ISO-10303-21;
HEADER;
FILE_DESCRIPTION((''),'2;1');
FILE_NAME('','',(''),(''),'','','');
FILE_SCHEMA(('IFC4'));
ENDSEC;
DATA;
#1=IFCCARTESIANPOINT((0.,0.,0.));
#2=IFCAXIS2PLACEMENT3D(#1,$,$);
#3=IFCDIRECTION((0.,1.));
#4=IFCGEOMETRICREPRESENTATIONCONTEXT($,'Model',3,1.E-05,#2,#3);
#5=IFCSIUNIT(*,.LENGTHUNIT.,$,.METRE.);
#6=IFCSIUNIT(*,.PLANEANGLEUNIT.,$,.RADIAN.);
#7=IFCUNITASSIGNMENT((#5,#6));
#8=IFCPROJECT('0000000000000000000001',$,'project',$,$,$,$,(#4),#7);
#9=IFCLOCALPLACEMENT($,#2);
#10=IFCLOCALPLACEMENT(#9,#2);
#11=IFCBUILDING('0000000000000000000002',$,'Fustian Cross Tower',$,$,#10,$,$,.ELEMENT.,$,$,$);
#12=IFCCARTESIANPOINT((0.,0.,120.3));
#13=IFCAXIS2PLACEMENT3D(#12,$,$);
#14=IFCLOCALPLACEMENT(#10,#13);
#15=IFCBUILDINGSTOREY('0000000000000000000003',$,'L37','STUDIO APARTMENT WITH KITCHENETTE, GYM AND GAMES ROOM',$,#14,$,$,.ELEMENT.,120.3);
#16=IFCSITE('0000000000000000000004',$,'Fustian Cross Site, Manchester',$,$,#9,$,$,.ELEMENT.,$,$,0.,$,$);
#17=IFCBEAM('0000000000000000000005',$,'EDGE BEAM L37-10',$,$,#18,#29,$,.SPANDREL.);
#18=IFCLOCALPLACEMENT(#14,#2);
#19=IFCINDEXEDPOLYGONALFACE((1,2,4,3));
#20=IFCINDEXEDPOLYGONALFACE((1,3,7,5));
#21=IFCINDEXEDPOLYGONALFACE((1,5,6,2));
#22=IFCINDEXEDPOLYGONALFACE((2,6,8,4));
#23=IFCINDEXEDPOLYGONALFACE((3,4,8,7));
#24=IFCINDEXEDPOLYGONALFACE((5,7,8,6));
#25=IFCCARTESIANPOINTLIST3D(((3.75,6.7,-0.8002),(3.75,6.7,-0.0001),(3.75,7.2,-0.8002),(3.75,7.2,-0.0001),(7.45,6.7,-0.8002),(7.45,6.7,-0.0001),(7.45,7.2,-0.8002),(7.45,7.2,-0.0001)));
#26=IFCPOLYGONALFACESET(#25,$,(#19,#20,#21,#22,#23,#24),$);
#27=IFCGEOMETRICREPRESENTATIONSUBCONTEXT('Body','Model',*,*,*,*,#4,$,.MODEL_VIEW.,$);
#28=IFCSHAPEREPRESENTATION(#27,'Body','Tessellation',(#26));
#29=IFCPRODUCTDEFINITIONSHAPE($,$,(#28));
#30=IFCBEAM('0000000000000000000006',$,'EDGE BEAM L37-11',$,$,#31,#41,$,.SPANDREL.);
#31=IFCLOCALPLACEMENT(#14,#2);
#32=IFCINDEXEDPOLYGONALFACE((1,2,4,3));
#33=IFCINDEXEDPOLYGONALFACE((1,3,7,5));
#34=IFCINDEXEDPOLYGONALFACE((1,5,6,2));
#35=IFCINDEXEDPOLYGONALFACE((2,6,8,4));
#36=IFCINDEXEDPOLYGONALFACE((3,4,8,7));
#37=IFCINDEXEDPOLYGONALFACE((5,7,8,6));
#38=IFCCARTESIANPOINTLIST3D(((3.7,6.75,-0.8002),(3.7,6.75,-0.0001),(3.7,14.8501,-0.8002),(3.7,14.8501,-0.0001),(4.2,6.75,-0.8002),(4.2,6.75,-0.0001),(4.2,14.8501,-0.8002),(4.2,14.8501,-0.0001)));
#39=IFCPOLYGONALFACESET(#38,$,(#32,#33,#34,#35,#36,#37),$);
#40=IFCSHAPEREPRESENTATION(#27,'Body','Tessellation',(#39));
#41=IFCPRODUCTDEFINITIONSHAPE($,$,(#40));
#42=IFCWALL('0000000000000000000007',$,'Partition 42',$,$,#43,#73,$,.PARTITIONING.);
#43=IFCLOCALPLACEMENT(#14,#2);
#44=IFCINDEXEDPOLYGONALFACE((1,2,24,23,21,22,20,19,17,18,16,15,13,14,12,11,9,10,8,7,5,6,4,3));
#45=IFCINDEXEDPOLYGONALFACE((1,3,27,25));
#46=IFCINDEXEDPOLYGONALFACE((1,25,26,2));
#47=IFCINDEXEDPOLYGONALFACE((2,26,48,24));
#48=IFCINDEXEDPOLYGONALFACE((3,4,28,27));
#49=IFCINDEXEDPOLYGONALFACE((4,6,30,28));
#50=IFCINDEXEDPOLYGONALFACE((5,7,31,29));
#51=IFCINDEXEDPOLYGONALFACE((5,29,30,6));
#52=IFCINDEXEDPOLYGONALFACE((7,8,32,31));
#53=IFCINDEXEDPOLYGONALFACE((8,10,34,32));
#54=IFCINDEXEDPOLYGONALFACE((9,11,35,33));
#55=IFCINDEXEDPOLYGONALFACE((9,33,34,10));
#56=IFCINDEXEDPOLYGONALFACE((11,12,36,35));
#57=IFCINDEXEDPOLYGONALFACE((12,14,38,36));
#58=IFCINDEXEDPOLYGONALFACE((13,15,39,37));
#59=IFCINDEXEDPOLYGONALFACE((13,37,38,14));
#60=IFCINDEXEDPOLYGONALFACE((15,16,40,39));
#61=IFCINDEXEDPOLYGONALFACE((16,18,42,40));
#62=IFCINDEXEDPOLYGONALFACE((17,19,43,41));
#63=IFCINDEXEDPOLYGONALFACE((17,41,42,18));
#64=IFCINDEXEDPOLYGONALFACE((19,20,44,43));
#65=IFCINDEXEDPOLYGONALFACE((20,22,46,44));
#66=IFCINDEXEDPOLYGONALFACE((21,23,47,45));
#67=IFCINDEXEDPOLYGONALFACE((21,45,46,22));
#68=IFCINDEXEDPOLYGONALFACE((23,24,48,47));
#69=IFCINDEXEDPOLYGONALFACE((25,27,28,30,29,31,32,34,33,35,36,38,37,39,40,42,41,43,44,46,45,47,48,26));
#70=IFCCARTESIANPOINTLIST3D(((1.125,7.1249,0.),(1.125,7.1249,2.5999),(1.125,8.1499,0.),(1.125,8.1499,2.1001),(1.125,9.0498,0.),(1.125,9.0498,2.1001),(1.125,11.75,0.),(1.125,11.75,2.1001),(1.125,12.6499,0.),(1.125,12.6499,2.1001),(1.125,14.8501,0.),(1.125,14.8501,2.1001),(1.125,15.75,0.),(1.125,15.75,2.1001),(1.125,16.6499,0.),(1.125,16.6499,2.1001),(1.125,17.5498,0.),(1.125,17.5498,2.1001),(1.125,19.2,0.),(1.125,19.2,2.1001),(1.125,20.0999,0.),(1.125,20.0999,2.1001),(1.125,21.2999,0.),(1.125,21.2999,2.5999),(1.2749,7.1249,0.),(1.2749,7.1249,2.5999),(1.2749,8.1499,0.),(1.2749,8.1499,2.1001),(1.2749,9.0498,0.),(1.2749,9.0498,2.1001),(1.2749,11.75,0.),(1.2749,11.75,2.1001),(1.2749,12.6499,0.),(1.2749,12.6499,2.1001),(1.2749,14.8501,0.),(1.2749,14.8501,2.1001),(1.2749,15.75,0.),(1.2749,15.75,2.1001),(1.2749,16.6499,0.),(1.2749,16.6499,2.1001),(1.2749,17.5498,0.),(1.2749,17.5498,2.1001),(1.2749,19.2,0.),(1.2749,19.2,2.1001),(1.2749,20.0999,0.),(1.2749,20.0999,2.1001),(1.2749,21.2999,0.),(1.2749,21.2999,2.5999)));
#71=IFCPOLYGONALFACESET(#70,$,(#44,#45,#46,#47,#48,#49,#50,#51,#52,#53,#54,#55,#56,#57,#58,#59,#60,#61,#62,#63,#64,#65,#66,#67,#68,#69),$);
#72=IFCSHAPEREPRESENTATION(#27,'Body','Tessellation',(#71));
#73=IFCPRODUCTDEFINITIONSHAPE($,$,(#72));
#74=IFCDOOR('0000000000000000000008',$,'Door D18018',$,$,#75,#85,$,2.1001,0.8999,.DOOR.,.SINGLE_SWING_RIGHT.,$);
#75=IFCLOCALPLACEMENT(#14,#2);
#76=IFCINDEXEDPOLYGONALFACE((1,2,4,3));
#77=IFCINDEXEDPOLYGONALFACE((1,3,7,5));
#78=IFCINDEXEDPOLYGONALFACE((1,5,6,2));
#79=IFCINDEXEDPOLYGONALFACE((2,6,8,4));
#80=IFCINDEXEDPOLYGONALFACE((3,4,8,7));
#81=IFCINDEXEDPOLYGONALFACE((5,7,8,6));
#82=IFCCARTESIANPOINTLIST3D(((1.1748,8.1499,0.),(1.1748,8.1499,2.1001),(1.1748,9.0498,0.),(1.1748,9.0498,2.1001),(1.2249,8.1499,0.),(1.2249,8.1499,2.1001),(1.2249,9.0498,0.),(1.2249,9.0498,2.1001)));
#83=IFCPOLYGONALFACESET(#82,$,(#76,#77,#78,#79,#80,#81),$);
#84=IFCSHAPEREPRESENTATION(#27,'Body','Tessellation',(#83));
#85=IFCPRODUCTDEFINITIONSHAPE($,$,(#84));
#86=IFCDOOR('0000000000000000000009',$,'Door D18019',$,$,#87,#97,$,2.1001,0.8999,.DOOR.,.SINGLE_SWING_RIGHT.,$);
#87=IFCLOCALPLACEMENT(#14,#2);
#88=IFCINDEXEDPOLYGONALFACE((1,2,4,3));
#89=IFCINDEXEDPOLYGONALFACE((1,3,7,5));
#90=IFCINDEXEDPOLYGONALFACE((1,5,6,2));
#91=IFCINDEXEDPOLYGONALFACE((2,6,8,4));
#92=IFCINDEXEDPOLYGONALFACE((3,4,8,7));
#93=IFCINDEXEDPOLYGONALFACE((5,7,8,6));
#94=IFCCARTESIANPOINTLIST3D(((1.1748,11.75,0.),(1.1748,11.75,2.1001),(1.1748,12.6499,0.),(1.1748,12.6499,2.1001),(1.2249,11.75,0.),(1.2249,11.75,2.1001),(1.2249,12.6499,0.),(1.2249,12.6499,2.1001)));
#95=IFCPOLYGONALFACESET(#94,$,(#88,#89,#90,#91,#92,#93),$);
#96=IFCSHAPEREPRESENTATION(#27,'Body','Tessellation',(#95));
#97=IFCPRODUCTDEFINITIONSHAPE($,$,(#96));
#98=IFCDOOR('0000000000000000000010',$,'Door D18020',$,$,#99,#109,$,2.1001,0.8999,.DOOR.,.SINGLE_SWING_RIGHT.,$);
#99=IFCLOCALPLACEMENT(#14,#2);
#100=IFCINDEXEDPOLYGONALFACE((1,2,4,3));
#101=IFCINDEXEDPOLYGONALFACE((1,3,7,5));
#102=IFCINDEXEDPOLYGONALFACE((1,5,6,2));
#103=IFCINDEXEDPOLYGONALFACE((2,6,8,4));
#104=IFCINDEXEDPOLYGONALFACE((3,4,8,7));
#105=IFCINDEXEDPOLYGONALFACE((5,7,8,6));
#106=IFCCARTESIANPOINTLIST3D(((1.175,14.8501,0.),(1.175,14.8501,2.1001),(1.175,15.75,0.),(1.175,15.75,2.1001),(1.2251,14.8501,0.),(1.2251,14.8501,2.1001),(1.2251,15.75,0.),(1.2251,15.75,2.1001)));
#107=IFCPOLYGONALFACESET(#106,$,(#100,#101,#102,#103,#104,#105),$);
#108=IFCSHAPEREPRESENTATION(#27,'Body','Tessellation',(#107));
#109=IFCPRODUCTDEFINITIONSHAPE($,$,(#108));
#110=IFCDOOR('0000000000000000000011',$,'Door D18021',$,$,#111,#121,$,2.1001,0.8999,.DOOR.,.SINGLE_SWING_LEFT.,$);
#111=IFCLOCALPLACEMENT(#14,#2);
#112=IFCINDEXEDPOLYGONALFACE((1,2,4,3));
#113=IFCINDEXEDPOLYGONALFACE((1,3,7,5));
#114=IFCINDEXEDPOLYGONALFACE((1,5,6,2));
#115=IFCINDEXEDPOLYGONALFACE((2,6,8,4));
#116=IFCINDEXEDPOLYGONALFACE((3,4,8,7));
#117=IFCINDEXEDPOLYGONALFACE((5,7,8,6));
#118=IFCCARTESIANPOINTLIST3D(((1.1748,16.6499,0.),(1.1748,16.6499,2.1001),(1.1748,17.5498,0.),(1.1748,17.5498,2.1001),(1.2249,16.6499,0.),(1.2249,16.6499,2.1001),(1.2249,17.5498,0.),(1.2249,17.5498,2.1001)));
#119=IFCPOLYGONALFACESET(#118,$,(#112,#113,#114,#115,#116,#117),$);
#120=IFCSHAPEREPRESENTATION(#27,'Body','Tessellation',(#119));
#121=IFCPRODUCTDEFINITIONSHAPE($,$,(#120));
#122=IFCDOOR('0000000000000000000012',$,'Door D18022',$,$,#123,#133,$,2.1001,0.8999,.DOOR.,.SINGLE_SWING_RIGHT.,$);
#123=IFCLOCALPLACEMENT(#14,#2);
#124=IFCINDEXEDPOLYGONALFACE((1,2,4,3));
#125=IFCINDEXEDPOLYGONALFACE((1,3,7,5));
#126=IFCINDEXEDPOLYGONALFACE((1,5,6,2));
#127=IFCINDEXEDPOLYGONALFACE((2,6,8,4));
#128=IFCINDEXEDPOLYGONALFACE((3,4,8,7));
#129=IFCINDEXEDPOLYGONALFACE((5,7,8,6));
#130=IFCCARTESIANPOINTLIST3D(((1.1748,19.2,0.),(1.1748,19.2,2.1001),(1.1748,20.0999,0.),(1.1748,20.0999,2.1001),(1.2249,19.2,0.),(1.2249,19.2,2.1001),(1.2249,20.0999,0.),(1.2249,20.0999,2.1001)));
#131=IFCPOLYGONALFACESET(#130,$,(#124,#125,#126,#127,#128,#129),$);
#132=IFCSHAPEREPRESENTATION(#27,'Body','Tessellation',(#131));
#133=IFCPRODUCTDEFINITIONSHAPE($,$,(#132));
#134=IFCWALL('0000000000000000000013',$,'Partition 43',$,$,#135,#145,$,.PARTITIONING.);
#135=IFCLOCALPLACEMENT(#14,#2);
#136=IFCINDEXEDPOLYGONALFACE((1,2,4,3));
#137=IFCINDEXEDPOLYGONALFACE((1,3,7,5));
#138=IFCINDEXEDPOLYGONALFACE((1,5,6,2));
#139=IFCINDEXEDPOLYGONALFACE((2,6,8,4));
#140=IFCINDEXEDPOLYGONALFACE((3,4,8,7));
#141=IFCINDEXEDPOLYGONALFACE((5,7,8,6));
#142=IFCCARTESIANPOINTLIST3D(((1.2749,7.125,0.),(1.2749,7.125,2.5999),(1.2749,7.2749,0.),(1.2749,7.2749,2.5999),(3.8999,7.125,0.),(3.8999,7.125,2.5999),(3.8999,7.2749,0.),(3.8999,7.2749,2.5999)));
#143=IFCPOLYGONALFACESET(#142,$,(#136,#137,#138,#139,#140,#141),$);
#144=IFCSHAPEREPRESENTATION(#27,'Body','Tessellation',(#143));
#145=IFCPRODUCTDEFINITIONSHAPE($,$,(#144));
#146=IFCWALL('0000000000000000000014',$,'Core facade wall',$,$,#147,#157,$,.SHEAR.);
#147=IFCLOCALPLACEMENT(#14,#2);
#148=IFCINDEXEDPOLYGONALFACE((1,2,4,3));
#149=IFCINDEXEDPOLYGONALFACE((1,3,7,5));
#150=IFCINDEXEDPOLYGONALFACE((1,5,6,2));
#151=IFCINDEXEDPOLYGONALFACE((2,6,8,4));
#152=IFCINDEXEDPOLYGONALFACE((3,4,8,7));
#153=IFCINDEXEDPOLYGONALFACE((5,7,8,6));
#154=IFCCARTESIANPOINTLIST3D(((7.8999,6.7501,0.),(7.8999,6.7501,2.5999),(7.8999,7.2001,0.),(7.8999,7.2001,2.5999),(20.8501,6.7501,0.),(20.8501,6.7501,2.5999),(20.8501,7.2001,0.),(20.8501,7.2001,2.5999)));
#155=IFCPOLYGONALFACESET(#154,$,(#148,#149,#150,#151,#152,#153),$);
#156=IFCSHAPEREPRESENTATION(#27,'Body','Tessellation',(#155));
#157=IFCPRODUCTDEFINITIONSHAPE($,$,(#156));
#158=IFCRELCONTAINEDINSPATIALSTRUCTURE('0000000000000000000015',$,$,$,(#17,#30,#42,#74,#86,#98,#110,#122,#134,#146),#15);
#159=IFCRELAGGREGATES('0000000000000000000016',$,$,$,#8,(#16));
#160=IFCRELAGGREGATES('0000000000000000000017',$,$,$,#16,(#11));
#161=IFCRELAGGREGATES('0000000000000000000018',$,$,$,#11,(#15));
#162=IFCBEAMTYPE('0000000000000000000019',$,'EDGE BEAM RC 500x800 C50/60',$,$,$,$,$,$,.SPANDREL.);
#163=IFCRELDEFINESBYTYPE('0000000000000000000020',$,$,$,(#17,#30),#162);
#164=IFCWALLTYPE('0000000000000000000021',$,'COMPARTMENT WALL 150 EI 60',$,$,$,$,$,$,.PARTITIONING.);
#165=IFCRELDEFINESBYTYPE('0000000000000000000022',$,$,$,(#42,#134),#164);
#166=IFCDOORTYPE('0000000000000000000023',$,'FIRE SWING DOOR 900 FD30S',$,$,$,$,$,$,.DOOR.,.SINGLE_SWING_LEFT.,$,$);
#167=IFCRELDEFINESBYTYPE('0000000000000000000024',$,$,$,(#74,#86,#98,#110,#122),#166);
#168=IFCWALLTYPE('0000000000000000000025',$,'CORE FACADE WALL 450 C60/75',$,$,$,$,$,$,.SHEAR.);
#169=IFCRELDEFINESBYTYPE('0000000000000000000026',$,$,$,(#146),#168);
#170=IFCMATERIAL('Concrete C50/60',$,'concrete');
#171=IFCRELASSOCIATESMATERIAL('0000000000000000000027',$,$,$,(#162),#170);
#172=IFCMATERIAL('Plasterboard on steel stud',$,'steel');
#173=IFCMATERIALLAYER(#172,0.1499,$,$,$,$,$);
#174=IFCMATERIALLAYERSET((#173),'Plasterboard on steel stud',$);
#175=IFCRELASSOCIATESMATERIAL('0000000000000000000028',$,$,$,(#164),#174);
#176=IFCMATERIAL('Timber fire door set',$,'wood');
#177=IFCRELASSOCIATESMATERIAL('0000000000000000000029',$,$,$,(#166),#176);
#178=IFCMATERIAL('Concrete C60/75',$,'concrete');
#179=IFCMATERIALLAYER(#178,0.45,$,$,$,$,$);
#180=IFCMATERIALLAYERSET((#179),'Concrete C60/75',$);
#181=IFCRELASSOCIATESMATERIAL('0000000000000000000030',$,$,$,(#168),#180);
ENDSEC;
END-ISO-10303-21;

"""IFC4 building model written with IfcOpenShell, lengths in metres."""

from ifc_helpers import new_model, si_unit, direction, frame, frame_2d, origin, origin_2d, place, context, subcontext, project, spatial, rectangle, extrude, material, layer, layer_set, material_profile, profile_set, type_object, element, fill, save


model = new_model("IFC4")

# Units and contexts
model_context = context("Model", 3, precision=1e-05, world=origin(), true_north=direction((0.0, 1.0)))
body_context = subcontext(model_context, "Body", "Model", "MODEL_VIEW")
ifc_project = project(units=[si_unit("LENGTHUNIT", "METRE"), si_unit("PLANEANGLEUNIT", "RADIAN")], contexts=[model_context])

# Site, building, storey
site_placement = place(None, origin())
site = spatial("IfcSite", under=ifc_project, at=site_placement, Name="Fustian Cross Site, Manchester", CompositionType="ELEMENT", RefElevation=0.0)
building_placement = place(site_placement, origin())
building = spatial("IfcBuilding", under=site, at=building_placement, Name="Fustian Cross Tower", CompositionType="ELEMENT")
storey_placement = place(building_placement, frame((0.0, 0.0, 120.3)))
storey = spatial("IfcBuildingStorey", under=building, at=storey_placement, Name="L37", Description="STUDIO APARTMENT WITH KITCHENETTE, GYM AND GAMES ROOM", CompositionType="ELEMENT", Elevation=120.3)

# Beams
ifc_material_1 = material(Name="Concrete C50/60", Category="concrete")
ifc_material_profile = material_profile(ifc_material_1, rectangle(XDim=0.5, YDim=0.8, at=origin_2d()), Name="RC 500x800")
ifc_profile_set = profile_set([ifc_material_profile], Name="Concrete C50/60")
beam_type = type_object("IfcBeamType", Name="EDGE BEAM RC 500x800 C50/60", PredefinedType="SPANDREL", material=ifc_profile_set)
beam_1_placement = place(storey_placement, frame((7.45, 6.95, -0.4001), z_axis=(-1.0, 0.0, 0.0), x_axis=(0.0, -1.0, 0.0)))
element("IfcBeam", 1, at=beam_1_placement, inside=storey, type_object=beam_type, Name="EDGE BEAM L37-10", PredefinedType="SPANDREL", context=body_context, shape_type="SweptSolid", body=[
    extrude(rectangle(XDim=0.5, YDim=0.8, at=origin_2d()), origin(), (0.0, 0.0, 1.0), 3.7),
])
beam_2_placement = place(storey_placement, frame((3.95, 6.75, -0.4001), z_axis=(0.0, 1.0, 0.0), x_axis=(-1.0, 0.0, 0.0)))
element("IfcBeam", 2, at=beam_2_placement, inside=storey, type_object=beam_type, Name="EDGE BEAM L37-11", PredefinedType="SPANDREL", context=body_context, shape_type="SweptSolid", body=[
    extrude(rectangle(XDim=0.5, YDim=0.8, at=origin_2d()), origin(), (0.0, 0.0, 1.0), 8.1001),
])

# Wall, openings, doors
ifc_material_2 = material(Name="Plasterboard on steel stud", Category="steel")
ifc_layer_1 = layer(ifc_material_2, 0.1499)
ifc_layer_set_1 = layer_set([ifc_layer_1], Name="Plasterboard on steel stud")
wall_type_1 = type_object("IfcWallType", Name="COMPARTMENT WALL 150 EI 60", PredefinedType="PARTITIONING", material=ifc_layer_set_1)
wall_1_placement = place(storey_placement, frame((1.2, 7.125, 0.0), z_axis=(0.0, 0.0, 1.0), x_axis=(0.0, 1.0, 0.0)))
wall_1 = element("IfcWall", 3, at=wall_1_placement, inside=storey, type_object=wall_type_1, Name="Partition 42", PredefinedType="PARTITIONING", context=body_context, shape_type="SweptSolid", body=[
    extrude(rectangle(XDim=14.175, YDim=0.1499, at=frame_2d((7.0874, 0.0))), origin(), (0.0, 0.0, 1.0), 2.5999),
])
opening_1_placement = place(wall_1_placement, frame((1.0249, 0.0, 0.0)))
opening_1 = element("IfcOpeningElement", 4, at=opening_1_placement, cuts=wall_1, PredefinedType="OPENING", context=body_context, shape_type="SweptSolid", body=[
    extrude(rectangle(XDim=0.8999, YDim=2.1001, at=frame_2d((0.45, 1.05))), frame((0.0, 0.085, 0.0), z_axis=(0.0, -1.0, 0.0), x_axis=(1.0, 0.0, 0.0)), (0.0, 0.0, 1.0), 0.1699),
])
opening_2_placement = place(wall_1_placement, frame((4.625, 0.0, 0.0)))
opening_2 = element("IfcOpeningElement", 5, at=opening_2_placement, cuts=wall_1, PredefinedType="OPENING", context=body_context, shape_type="SweptSolid", body=[
    extrude(rectangle(XDim=0.8999, YDim=2.1001, at=frame_2d((0.45, 1.05))), frame((0.0, 0.085, 0.0), z_axis=(0.0, -1.0, 0.0), x_axis=(1.0, 0.0, 0.0)), (0.0, 0.0, 1.0), 0.1699),
])
opening_3_placement = place(wall_1_placement, frame((7.7251, 0.0, 0.0)))
opening_3 = element("IfcOpeningElement", 6, at=opening_3_placement, cuts=wall_1, PredefinedType="OPENING", context=body_context, shape_type="SweptSolid", body=[
    extrude(rectangle(XDim=0.8999, YDim=2.1001, at=frame_2d((0.45, 1.05))), frame((0.0, 0.085, 0.0), z_axis=(0.0, -1.0, 0.0), x_axis=(1.0, 0.0, 0.0)), (0.0, 0.0, 1.0), 0.1699),
])
opening_4_placement = place(wall_1_placement, frame((9.5249, 0.0, 0.0)))
opening_4 = element("IfcOpeningElement", 7, at=opening_4_placement, cuts=wall_1, PredefinedType="OPENING", context=body_context, shape_type="SweptSolid", body=[
    extrude(rectangle(XDim=0.8999, YDim=2.1001, at=frame_2d((0.45, 1.05))), frame((0.0, 0.085, 0.0), z_axis=(0.0, -1.0, 0.0), x_axis=(1.0, 0.0, 0.0)), (0.0, 0.0, 1.0), 0.1699),
])
opening_5_placement = place(wall_1_placement, frame((12.075, 0.0, 0.0)))
opening_5 = element("IfcOpeningElement", 8, at=opening_5_placement, cuts=wall_1, PredefinedType="OPENING", context=body_context, shape_type="SweptSolid", body=[
    extrude(rectangle(XDim=0.8999, YDim=2.1001, at=frame_2d((0.45, 1.05))), frame((0.0, 0.085, 0.0), z_axis=(0.0, -1.0, 0.0), x_axis=(1.0, 0.0, 0.0)), (0.0, 0.0, 1.0), 0.1699),
])
ifc_material_3 = material(Name="Timber fire door set", Category="wood")
door_type_1 = type_object("IfcDoorType", Name="FIRE SWING DOOR 900 FD30S", OperationType="SINGLE_SWING_LEFT", PredefinedType="DOOR", material=ifc_material_3)
door_1_placement = place(opening_1_placement, frame((0.8999, 0.0, 0.0), z_axis=(0.0, 0.0, 1.0), x_axis=(-1.0, 0.0, 0.0)))
door_1 = element("IfcDoor", 9, at=door_1_placement, inside=storey, type_object=door_type_1, Name="Door D18018", OperationType="SINGLE_SWING_RIGHT", OverallHeight=2.1001, OverallWidth=0.8999, PredefinedType="DOOR", context=body_context, shape_type="SweptSolid", body=[
    extrude(rectangle(XDim=0.8999, YDim=2.1001, at=frame_2d((0.45, 1.05))), frame((0.0, 0.0249, 0.0), z_axis=(0.0, -1.0, 0.0), x_axis=(1.0, 0.0, 0.0)), (0.0, 0.0, 1.0), 0.05),
])
fill(opening_1, door_1)
door_2_placement = place(opening_2_placement, frame((0.8999, 0.0, 0.0), z_axis=(0.0, 0.0, 1.0), x_axis=(-1.0, 0.0, 0.0)))
door_2 = element("IfcDoor", 10, at=door_2_placement, inside=storey, type_object=door_type_1, Name="Door D18019", OperationType="SINGLE_SWING_RIGHT", OverallHeight=2.1001, OverallWidth=0.8999, PredefinedType="DOOR", context=body_context, shape_type="SweptSolid", body=[
    extrude(rectangle(XDim=0.8999, YDim=2.1001, at=frame_2d((0.45, 1.05))), frame((0.0, 0.0249, 0.0), z_axis=(0.0, -1.0, 0.0), x_axis=(1.0, 0.0, 0.0)), (0.0, 0.0, 1.0), 0.05),
])
fill(opening_2, door_2)
door_3_placement = place(opening_3_placement, origin())
door_3 = element("IfcDoor", 11, at=door_3_placement, inside=storey, type_object=door_type_1, Name="Door D18020", OperationType="SINGLE_SWING_RIGHT", OverallHeight=2.1001, OverallWidth=0.8999, PredefinedType="DOOR", context=body_context, shape_type="SweptSolid", body=[
    extrude(rectangle(XDim=0.8999, YDim=2.1001, at=frame_2d((0.45, 1.05))), frame((0.0, 0.0249, 0.0), z_axis=(0.0, -1.0, 0.0), x_axis=(1.0, 0.0, 0.0)), (0.0, 0.0, 1.0), 0.05),
])
fill(opening_3, door_3)
door_4_placement = place(opening_4_placement, frame((0.8999, 0.0, 0.0), z_axis=(0.0, 0.0, 1.0), x_axis=(-1.0, 0.0, 0.0)))
door_4 = element("IfcDoor", 12, at=door_4_placement, inside=storey, type_object=door_type_1, Name="Door D18021", OperationType="SINGLE_SWING_LEFT", OverallHeight=2.1001, OverallWidth=0.8999, PredefinedType="DOOR", context=body_context, shape_type="SweptSolid", body=[
    extrude(rectangle(XDim=0.8999, YDim=2.1001, at=frame_2d((0.45, 1.05))), frame((0.0, 0.0249, 0.0), z_axis=(0.0, -1.0, 0.0), x_axis=(1.0, 0.0, 0.0)), (0.0, 0.0, 1.0), 0.05),
])
fill(opening_4, door_4)
door_5_placement = place(opening_5_placement, frame((0.8999, 0.0, 0.0), z_axis=(0.0, 0.0, 1.0), x_axis=(-1.0, 0.0, 0.0)))
door_5 = element("IfcDoor", 13, at=door_5_placement, inside=storey, type_object=door_type_1, Name="Door D18022", OperationType="SINGLE_SWING_RIGHT", OverallHeight=2.1001, OverallWidth=0.8999, PredefinedType="DOOR", context=body_context, shape_type="SweptSolid", body=[
    extrude(rectangle(XDim=0.8999, YDim=2.1001, at=frame_2d((0.45, 1.05))), frame((0.0, 0.0249, 0.0), z_axis=(0.0, -1.0, 0.0), x_axis=(1.0, 0.0, 0.0)), (0.0, 0.0, 1.0), 0.05),
])
fill(opening_5, door_5)

# Walls
wall_2_placement = place(storey_placement, frame((1.2749, 7.2, 0.0), z_axis=(0.0, 0.0, 1.0), x_axis=(1.0, 0.0, 0.0)))
element("IfcWall", 14, at=wall_2_placement, inside=storey, type_object=wall_type_1, Name="Partition 43", PredefinedType="PARTITIONING", context=body_context, shape_type="SweptSolid", body=[
    extrude(rectangle(XDim=2.625, YDim=0.1499, at=frame_2d((1.3125, 0.0))), origin(), (0.0, 0.0, 1.0), 2.5999),
])
ifc_material_4 = material(Name="Concrete C60/75", Category="concrete")
ifc_layer_2 = layer(ifc_material_4, 0.45)
ifc_layer_set_2 = layer_set([ifc_layer_2], Name="Concrete C60/75")
wall_type_2 = type_object("IfcWallType", Name="CORE FACADE WALL 450 C60/75", PredefinedType="SHEAR", material=ifc_layer_set_2)
wall_3_placement = place(storey_placement, frame((7.8999, 6.9751, 0.0), z_axis=(0.0, 0.0, 1.0), x_axis=(1.0, 0.0, 0.0)))
element("IfcWall", 15, at=wall_3_placement, inside=storey, type_object=wall_type_2, Name="Core facade wall", PredefinedType="SHEAR", context=body_context, shape_type="SweptSolid", body=[
    extrude(rectangle(XDim=12.9502, YDim=0.45, at=frame_2d((6.4751, 0.0))), origin(), (0.0, 0.0, 1.0), 2.5999),
])

save(model, "model.ifc")
